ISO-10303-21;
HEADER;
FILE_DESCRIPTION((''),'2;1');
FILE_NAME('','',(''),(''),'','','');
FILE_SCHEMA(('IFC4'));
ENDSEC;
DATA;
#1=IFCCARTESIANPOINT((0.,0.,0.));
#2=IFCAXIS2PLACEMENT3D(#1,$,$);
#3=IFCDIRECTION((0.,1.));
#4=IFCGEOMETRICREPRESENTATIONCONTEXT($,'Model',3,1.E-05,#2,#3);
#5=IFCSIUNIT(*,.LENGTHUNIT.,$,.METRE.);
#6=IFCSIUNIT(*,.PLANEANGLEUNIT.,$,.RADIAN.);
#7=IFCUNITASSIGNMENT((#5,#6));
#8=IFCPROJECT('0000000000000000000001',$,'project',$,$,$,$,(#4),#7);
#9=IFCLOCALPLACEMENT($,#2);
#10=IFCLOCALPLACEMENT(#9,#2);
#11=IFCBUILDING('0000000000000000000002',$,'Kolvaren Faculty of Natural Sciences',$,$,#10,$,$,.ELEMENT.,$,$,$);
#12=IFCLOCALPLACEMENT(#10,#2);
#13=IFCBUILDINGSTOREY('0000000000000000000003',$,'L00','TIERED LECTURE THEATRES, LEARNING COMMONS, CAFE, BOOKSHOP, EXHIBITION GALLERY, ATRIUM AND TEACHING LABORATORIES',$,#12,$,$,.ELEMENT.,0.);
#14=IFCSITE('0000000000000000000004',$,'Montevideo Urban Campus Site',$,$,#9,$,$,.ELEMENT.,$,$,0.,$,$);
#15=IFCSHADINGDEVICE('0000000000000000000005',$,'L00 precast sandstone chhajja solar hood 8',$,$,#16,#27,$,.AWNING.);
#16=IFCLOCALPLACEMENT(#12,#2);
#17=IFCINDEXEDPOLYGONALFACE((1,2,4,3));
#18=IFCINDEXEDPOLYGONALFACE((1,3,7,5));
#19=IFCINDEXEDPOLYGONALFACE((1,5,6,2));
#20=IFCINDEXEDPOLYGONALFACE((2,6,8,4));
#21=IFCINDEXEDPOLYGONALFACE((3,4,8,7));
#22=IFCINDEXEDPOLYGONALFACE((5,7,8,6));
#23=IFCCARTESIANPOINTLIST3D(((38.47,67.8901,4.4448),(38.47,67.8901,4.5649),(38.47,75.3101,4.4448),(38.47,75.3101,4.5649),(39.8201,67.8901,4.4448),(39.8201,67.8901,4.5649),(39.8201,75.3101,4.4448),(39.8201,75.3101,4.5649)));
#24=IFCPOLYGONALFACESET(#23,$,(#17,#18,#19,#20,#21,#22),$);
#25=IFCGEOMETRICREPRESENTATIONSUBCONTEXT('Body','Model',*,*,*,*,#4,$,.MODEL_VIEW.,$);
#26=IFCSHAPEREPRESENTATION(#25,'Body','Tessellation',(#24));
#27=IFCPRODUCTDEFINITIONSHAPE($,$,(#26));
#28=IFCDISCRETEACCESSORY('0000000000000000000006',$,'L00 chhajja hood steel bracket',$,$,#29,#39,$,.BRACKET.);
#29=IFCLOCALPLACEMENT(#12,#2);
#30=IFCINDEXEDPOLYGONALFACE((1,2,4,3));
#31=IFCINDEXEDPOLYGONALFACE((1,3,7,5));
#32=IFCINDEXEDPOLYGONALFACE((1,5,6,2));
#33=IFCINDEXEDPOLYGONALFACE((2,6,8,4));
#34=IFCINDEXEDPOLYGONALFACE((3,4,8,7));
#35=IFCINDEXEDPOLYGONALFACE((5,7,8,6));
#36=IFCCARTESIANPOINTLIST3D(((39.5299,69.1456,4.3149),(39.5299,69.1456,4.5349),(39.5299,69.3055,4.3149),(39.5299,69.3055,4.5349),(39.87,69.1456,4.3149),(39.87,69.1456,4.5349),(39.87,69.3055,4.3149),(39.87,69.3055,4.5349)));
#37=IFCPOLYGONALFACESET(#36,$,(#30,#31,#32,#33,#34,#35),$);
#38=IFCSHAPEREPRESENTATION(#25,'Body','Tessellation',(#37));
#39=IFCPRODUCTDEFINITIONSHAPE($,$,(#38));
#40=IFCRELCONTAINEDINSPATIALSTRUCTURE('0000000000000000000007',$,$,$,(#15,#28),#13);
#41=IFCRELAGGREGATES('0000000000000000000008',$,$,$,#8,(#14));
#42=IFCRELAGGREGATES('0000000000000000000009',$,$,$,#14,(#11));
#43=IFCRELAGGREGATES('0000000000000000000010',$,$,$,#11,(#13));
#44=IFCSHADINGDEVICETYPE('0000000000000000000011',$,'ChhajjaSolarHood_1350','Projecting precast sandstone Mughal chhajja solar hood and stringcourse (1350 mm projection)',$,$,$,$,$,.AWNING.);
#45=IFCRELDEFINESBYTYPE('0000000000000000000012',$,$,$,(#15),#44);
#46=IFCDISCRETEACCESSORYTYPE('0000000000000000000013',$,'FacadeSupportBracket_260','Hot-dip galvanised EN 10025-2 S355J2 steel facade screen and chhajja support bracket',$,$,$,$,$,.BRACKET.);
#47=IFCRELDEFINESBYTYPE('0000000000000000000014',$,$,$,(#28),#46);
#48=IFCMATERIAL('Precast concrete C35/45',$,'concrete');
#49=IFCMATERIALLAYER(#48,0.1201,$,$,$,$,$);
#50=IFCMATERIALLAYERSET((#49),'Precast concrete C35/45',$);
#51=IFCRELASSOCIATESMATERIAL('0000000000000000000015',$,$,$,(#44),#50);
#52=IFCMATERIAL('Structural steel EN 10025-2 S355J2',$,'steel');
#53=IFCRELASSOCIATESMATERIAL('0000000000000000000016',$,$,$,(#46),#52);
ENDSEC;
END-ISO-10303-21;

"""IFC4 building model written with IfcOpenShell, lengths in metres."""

from ifc_helpers import new_model, si_unit, direction, frame, origin, origin_2d, place, context, subcontext, project, spatial, rectangle, extrude, material, layer, layer_set, type_object, element, save


model = new_model("IFC4")

# Units and contexts
model_context = context("Model", 3, precision=1e-05, world=origin(), true_north=direction((0.0, 1.0)))
body_context = subcontext(model_context, "Body", "Model", "MODEL_VIEW")
ifc_project = project(units=[si_unit("LENGTHUNIT", "METRE"), si_unit("PLANEANGLEUNIT", "RADIAN")], contexts=[model_context])

# Site, building, storey
site_placement = place(None, origin())
site = spatial("IfcSite", under=ifc_project, at=site_placement, Name="Montevideo Urban Campus Site", CompositionType="ELEMENT", RefElevation=0.0)
building_placement = place(site_placement, origin())
building = spatial("IfcBuilding", under=site, at=building_placement, Name="Kolvaren Faculty of Natural Sciences", CompositionType="ELEMENT")
storey_placement = place(building_placement, origin())
storey = spatial("IfcBuildingStorey", under=building, at=storey_placement, Name="L00", Description="TIERED LECTURE THEATRES, LEARNING COMMONS, CAFE, BOOKSHOP, EXHIBITION GALLERY, ATRIUM AND TEACHING LABORATORIES", CompositionType="ELEMENT", Elevation=0.0)

# Shading device
ifc_material_1 = material(Name="Precast concrete C35/45", Category="concrete")
ifc_layer_1 = layer(ifc_material_1, 0.1201)
ifc_layer_set_1 = layer_set([ifc_layer_1], Name="Precast concrete C35/45")
shading_device_type = type_object("IfcShadingDeviceType", Name="ChhajjaSolarHood_1350", Description="Projecting precast sandstone Mughal chhajja solar hood and stringcourse (1350 mm projection)", PredefinedType="AWNING", material=ifc_layer_set_1)
shading_device_placement = place(storey_placement, frame((39.145, 71.6001, 4.4448), z_axis=(0.0, 0.0, 1.0), x_axis=(0.0, 1.0, 0.0)))
element("IfcShadingDevice", 1, at=shading_device_placement, inside=storey, type_object=shading_device_type, Name="L00 precast sandstone chhajja solar hood 8", PredefinedType="AWNING", context=body_context, shape_type="SweptSolid", body=[
    extrude(rectangle(XDim=7.4199, YDim=1.3501, at=origin_2d()), origin(), (0.0, 0.0, 1.0), 0.1201),
])

# Discrete accessory
ifc_material_2 = material(Name="Structural steel EN 10025-2 S355J2", Category="steel")
discrete_accessory_type = type_object("IfcDiscreteAccessoryType", Name="FacadeSupportBracket_260", Description="Hot-dip galvanised EN 10025-2 S355J2 steel facade screen and chhajja support bracket", PredefinedType="BRACKET", material=ifc_material_2)
discrete_accessory_placement = place(storey_placement, frame((39.7, 69.2256, 4.3149), z_axis=(0.0, 0.0, 1.0), x_axis=(0.0, 1.0, 0.0)))
element("IfcDiscreteAccessory", 2, at=discrete_accessory_placement, inside=storey, type_object=discrete_accessory_type, Name="L00 chhajja hood steel bracket", PredefinedType="BRACKET", context=body_context, shape_type="SweptSolid", body=[
    extrude(rectangle(XDim=0.1599, YDim=0.3401, at=origin_2d()), origin(), (0.0, 0.0, 1.0), 0.22),
])

save(model, "model.ifc")
